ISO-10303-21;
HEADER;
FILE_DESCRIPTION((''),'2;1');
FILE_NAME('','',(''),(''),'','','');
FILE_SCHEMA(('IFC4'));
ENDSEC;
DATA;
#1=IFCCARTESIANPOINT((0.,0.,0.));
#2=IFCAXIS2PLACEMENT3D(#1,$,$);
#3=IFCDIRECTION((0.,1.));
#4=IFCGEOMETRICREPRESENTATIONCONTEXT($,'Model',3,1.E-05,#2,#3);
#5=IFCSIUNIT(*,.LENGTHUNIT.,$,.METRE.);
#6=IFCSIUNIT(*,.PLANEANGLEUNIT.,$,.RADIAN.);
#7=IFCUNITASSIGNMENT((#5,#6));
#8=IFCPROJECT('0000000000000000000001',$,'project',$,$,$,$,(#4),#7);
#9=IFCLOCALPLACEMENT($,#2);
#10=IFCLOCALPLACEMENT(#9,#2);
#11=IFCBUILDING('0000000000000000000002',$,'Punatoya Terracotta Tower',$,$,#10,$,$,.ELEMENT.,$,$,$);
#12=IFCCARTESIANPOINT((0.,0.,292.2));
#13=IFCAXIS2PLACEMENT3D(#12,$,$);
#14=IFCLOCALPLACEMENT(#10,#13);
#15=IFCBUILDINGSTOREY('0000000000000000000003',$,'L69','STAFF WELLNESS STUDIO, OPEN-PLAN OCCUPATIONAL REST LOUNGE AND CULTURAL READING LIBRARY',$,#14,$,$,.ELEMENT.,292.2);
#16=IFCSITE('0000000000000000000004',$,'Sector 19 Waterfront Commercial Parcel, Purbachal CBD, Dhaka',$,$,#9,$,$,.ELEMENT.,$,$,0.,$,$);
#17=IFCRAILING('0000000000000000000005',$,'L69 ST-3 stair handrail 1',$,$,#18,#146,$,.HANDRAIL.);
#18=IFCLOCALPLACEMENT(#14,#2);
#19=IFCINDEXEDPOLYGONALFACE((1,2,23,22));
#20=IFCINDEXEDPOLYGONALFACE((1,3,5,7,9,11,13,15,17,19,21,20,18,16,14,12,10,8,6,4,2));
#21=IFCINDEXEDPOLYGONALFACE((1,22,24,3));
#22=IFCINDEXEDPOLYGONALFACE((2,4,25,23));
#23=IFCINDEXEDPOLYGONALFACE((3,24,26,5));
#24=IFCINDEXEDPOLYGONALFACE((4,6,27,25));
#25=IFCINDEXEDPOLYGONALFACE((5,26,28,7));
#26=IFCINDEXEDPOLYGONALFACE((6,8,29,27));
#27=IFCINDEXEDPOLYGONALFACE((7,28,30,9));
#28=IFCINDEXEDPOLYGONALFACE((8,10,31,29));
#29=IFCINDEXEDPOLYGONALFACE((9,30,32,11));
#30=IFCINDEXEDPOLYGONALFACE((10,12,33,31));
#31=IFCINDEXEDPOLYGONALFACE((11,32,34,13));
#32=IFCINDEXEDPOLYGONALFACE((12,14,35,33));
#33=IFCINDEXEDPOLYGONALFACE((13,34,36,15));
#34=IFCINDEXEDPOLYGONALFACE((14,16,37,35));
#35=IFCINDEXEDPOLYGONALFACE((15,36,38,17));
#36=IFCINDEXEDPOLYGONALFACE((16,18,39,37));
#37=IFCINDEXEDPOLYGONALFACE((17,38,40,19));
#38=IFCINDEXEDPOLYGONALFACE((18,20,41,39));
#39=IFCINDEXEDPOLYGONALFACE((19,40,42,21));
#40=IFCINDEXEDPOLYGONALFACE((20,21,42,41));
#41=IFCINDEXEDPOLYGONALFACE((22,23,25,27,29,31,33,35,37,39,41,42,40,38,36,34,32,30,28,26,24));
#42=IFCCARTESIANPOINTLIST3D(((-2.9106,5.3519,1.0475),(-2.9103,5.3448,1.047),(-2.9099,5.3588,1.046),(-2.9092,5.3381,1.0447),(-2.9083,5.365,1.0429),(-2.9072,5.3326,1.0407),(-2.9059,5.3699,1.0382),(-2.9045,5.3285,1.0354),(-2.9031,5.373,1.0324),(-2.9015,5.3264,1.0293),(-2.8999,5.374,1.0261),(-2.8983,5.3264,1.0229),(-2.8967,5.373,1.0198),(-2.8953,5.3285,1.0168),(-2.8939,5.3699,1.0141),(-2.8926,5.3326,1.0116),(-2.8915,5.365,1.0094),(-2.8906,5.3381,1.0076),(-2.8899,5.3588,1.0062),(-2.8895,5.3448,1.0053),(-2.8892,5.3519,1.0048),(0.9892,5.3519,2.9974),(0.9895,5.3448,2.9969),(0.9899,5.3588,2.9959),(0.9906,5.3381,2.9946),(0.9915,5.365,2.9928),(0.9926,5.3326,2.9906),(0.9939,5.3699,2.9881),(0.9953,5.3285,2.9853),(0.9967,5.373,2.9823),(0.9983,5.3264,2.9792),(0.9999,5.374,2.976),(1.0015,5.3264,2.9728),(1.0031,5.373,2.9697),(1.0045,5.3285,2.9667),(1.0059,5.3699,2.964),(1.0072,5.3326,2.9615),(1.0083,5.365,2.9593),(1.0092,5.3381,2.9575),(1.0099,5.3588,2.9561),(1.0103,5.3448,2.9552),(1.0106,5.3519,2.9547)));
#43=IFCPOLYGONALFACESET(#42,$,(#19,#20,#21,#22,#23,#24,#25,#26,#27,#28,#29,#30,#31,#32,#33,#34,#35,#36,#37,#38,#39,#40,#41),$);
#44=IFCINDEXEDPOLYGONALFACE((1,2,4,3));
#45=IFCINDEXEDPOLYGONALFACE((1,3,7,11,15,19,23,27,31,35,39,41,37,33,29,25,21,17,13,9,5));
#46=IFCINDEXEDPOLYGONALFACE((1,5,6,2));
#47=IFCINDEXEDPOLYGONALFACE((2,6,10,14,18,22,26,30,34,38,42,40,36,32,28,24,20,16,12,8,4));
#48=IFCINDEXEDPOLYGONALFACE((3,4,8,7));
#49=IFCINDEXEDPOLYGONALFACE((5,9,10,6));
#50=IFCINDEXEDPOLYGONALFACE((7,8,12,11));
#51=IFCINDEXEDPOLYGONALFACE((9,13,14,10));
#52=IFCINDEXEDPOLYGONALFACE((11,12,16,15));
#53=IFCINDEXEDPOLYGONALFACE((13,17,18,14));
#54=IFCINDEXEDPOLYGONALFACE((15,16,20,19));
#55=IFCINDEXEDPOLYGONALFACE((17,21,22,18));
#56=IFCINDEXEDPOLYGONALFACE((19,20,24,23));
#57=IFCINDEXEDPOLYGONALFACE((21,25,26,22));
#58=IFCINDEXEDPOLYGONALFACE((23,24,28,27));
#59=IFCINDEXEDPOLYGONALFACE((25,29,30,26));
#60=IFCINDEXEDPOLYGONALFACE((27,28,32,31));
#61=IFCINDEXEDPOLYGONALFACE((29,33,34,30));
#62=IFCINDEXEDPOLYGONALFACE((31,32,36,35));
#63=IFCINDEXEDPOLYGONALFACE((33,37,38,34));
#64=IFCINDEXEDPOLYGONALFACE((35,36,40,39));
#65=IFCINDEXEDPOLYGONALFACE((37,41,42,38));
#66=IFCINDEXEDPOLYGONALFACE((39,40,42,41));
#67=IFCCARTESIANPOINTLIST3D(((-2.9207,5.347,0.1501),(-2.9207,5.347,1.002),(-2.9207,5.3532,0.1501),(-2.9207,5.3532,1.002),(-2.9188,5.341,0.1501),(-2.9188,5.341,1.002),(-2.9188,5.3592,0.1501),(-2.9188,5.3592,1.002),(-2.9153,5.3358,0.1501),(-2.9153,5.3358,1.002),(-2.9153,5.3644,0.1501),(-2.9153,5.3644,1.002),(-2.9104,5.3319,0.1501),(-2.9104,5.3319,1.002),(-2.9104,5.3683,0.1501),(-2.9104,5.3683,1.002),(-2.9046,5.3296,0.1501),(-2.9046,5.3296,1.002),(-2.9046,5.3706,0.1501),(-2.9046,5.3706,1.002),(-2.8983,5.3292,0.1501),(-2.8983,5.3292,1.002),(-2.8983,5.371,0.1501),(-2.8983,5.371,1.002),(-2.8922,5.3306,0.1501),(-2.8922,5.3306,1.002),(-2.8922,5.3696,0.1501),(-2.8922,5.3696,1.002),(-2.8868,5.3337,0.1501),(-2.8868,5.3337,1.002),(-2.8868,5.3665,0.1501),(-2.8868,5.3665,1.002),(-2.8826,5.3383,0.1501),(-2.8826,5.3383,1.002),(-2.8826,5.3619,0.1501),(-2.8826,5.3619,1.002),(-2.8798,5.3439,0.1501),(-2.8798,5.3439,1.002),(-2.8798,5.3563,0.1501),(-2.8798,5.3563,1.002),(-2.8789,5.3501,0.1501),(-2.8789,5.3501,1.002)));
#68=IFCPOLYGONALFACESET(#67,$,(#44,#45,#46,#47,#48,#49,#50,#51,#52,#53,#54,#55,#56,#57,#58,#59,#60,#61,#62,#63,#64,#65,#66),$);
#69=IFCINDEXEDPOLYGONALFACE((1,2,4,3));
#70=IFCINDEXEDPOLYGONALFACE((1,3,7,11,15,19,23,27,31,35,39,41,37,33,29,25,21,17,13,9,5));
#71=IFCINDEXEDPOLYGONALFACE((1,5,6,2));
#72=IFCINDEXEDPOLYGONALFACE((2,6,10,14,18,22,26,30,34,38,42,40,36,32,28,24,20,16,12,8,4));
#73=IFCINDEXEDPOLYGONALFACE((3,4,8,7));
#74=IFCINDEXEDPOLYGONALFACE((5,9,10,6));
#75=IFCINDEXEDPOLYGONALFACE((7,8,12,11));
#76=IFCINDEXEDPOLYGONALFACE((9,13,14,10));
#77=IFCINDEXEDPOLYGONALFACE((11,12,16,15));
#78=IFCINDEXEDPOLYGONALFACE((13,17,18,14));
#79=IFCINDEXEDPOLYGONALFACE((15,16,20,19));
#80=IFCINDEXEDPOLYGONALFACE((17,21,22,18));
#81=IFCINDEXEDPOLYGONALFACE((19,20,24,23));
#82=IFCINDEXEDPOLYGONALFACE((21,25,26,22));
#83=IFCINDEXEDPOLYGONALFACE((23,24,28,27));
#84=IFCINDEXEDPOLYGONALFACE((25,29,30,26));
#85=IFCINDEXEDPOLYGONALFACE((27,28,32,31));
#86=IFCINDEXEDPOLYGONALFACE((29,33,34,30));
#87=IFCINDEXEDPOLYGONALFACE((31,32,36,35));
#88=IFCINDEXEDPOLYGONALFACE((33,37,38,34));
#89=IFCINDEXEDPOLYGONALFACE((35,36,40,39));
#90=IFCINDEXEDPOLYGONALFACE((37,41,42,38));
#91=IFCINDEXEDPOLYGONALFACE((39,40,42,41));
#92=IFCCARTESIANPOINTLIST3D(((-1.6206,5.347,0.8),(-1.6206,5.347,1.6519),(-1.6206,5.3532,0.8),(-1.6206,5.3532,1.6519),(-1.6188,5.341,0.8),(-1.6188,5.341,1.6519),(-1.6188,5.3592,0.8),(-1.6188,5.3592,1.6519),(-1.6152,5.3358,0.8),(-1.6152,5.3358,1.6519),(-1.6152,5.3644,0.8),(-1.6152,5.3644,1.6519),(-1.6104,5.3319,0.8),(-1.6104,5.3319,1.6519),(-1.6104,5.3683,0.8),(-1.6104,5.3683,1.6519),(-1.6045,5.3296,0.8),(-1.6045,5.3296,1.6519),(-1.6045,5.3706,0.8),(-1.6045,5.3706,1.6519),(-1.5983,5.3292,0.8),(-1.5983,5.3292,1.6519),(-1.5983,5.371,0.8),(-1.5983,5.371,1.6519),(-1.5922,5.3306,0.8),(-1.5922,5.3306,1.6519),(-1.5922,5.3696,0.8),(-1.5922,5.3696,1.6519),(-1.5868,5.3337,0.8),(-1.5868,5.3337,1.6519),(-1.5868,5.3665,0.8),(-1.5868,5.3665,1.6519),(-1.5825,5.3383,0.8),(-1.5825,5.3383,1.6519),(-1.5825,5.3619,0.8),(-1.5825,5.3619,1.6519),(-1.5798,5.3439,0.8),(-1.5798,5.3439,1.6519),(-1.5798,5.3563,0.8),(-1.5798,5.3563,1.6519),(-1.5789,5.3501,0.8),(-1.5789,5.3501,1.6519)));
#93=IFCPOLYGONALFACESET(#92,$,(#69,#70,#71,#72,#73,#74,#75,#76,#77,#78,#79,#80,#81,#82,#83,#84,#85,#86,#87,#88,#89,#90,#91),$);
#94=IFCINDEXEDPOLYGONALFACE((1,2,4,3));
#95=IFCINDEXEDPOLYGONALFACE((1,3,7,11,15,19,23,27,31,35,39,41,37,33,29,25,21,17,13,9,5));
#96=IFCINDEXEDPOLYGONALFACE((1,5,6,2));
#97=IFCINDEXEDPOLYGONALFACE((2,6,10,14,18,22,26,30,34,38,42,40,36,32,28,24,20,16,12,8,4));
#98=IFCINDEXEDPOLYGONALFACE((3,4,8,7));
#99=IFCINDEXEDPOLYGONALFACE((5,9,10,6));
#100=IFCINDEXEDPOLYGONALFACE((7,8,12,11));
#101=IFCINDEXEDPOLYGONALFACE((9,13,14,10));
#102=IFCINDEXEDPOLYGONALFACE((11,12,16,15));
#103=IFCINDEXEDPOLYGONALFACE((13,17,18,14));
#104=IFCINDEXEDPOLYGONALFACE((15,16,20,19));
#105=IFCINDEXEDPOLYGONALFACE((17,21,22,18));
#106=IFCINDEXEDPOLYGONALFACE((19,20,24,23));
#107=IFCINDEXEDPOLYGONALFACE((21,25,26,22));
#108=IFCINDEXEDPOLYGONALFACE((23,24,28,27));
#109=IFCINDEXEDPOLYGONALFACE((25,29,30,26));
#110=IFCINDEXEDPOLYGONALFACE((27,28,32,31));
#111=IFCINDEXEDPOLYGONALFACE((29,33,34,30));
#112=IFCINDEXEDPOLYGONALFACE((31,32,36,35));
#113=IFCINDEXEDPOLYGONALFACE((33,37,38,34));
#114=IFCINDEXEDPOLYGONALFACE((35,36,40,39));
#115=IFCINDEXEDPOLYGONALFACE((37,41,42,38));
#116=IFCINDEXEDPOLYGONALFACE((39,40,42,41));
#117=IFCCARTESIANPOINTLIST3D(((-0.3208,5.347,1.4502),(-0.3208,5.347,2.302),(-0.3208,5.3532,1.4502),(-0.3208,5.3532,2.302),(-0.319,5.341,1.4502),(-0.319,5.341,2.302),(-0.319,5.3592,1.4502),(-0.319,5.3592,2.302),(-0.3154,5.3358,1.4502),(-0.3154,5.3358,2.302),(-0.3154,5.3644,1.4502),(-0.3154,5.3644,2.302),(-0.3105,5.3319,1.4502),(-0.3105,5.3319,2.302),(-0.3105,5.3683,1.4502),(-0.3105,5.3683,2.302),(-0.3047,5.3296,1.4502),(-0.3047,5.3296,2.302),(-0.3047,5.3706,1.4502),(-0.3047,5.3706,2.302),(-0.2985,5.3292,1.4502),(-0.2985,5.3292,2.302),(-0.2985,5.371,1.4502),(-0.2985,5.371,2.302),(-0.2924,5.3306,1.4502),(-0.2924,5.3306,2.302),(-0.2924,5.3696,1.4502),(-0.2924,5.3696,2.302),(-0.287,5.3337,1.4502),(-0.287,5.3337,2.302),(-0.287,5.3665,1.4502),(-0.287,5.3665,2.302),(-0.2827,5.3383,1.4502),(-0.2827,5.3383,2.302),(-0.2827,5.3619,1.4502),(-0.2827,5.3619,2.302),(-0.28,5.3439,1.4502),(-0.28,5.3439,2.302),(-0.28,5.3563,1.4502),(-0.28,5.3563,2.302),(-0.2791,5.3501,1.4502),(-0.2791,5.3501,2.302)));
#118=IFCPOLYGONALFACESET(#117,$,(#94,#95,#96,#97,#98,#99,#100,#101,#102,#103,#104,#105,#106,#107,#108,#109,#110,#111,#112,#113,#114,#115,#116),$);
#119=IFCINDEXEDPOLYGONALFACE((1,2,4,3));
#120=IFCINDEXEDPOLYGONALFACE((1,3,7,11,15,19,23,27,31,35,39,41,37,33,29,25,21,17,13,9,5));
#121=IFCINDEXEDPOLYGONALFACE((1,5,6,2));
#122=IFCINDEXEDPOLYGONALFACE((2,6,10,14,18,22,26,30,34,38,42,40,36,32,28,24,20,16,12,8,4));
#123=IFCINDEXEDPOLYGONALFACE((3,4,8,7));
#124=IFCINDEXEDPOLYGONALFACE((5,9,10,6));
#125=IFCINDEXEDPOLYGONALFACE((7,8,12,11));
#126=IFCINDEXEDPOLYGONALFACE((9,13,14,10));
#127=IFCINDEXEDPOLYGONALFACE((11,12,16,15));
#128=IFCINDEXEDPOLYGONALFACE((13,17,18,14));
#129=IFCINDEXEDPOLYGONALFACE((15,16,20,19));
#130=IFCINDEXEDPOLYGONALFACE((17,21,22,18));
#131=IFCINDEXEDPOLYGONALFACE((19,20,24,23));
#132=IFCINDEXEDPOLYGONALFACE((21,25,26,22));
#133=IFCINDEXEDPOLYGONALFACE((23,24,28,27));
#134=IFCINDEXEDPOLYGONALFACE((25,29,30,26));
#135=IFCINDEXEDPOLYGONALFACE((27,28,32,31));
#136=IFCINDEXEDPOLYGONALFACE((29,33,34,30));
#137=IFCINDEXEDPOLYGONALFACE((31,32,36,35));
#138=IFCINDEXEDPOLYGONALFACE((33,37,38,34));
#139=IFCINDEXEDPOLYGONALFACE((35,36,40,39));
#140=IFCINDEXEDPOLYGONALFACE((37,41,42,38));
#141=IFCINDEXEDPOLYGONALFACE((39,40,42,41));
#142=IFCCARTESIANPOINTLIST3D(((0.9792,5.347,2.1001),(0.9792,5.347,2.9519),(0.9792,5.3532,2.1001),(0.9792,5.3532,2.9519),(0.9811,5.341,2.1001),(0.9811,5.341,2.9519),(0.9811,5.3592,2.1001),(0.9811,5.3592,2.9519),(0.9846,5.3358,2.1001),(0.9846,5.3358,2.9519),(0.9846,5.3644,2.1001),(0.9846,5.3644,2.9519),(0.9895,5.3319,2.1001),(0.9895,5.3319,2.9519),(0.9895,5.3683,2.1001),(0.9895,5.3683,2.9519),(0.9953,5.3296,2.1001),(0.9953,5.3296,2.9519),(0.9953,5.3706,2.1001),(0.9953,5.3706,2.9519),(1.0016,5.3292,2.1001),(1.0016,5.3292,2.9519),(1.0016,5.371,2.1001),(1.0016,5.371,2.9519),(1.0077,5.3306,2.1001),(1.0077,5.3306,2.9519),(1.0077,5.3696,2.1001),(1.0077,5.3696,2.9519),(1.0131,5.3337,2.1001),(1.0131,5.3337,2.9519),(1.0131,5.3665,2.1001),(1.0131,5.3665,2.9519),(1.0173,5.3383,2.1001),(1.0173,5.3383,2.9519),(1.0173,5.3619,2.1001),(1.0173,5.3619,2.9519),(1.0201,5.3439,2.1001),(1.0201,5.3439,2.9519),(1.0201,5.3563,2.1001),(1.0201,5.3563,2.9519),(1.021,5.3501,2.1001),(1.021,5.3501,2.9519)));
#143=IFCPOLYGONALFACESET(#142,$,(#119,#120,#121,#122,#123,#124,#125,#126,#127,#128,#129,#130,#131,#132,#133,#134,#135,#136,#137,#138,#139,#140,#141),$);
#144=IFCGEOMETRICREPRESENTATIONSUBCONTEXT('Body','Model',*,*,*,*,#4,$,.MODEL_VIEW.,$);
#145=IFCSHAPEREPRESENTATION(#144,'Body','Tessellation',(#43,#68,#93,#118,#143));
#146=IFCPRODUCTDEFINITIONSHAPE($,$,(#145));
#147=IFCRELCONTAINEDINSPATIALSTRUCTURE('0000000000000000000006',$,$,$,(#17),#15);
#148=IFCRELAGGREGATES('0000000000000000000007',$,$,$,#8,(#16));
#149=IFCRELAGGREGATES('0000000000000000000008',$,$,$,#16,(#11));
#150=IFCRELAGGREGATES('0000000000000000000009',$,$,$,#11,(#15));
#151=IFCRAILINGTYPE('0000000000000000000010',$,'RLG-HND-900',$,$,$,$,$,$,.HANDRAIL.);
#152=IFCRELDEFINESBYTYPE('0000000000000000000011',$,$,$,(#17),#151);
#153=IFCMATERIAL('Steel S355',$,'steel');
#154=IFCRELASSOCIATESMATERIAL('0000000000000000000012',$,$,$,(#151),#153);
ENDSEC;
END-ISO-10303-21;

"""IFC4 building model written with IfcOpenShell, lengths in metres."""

from ifc_helpers import new_model, si_unit, direction, frame, origin, origin_2d, place, context, subcontext, project, spatial, circle, extrude, material, type_object, element, save


model = new_model("IFC4")

# Units and contexts
model_context = context("Model", 3, precision=1e-05, world=origin(), true_north=direction((0.0, 1.0)))
body_context = subcontext(model_context, "Body", "Model", "MODEL_VIEW")
ifc_project = project(units=[si_unit("LENGTHUNIT", "METRE"), si_unit("PLANEANGLEUNIT", "RADIAN")], contexts=[model_context])

# Site, building, storey
site_placement = place(None, origin())
site = spatial("IfcSite", under=ifc_project, at=site_placement, Name="Sector 19 Waterfront Commercial Parcel, Purbachal CBD, Dhaka", CompositionType="ELEMENT", RefElevation=0.0)
building_placement = place(site_placement, origin())
building = spatial("IfcBuilding", under=site, at=building_placement, Name="Punatoya Terracotta Tower", CompositionType="ELEMENT")
storey_placement = place(building_placement, frame((0.0, 0.0, 292.2)))
storey = spatial("IfcBuildingStorey", under=building, at=storey_placement, Name="L69", Description="STAFF WELLNESS STUDIO, OPEN-PLAN OCCUPATIONAL REST LOUNGE AND CULTURAL READING LIBRARY", CompositionType="ELEMENT", Elevation=292.2)

# Shared definitions
ifc_material_1 = material(Name="Steel S355", Category="steel")

# Railing
railing_type_1 = type_object("IfcRailingType", Name="RLG-HND-900", PredefinedType="HANDRAIL", material=ifc_material_1)
railing_1_placement = place(storey_placement, frame((-2.8999, 5.3501, 0.1501)))
element("IfcRailing", 1, at=railing_1_placement, inside=storey, type_object=railing_type_1, Name="L69 ST-3 stair handrail 1", PredefinedType="HANDRAIL", context=body_context, shape_type="SweptSolid", body=[
    extrude(circle(Radius=0.0239, at=origin_2d()), frame((0.0, 0.0, 0.876), z_axis=(0.894427, 0.0, 0.447214), x_axis=(0.0, 1.0, 0.0)), (0.0, 0.0, 1.0), 4.3601),
    extrude(circle(Radius=0.021, at=origin_2d()), origin(), (0.0, 0.0, 1.0), 0.8518),
    extrude(circle(Radius=0.021, at=origin_2d()), frame((1.3, 0.0, 0.6499)), (0.0, 0.0, 1.0), 0.8518),
    extrude(circle(Radius=0.021, at=origin_2d()), frame((2.5999, 0.0, 1.3)), (0.0, 0.0, 1.0), 0.8518),
    extrude(circle(Radius=0.021, at=origin_2d()), frame((3.8999, 0.0, 1.95)), (0.0, 0.0, 1.0), 0.8518),
])

save(model, "model.ifc")
